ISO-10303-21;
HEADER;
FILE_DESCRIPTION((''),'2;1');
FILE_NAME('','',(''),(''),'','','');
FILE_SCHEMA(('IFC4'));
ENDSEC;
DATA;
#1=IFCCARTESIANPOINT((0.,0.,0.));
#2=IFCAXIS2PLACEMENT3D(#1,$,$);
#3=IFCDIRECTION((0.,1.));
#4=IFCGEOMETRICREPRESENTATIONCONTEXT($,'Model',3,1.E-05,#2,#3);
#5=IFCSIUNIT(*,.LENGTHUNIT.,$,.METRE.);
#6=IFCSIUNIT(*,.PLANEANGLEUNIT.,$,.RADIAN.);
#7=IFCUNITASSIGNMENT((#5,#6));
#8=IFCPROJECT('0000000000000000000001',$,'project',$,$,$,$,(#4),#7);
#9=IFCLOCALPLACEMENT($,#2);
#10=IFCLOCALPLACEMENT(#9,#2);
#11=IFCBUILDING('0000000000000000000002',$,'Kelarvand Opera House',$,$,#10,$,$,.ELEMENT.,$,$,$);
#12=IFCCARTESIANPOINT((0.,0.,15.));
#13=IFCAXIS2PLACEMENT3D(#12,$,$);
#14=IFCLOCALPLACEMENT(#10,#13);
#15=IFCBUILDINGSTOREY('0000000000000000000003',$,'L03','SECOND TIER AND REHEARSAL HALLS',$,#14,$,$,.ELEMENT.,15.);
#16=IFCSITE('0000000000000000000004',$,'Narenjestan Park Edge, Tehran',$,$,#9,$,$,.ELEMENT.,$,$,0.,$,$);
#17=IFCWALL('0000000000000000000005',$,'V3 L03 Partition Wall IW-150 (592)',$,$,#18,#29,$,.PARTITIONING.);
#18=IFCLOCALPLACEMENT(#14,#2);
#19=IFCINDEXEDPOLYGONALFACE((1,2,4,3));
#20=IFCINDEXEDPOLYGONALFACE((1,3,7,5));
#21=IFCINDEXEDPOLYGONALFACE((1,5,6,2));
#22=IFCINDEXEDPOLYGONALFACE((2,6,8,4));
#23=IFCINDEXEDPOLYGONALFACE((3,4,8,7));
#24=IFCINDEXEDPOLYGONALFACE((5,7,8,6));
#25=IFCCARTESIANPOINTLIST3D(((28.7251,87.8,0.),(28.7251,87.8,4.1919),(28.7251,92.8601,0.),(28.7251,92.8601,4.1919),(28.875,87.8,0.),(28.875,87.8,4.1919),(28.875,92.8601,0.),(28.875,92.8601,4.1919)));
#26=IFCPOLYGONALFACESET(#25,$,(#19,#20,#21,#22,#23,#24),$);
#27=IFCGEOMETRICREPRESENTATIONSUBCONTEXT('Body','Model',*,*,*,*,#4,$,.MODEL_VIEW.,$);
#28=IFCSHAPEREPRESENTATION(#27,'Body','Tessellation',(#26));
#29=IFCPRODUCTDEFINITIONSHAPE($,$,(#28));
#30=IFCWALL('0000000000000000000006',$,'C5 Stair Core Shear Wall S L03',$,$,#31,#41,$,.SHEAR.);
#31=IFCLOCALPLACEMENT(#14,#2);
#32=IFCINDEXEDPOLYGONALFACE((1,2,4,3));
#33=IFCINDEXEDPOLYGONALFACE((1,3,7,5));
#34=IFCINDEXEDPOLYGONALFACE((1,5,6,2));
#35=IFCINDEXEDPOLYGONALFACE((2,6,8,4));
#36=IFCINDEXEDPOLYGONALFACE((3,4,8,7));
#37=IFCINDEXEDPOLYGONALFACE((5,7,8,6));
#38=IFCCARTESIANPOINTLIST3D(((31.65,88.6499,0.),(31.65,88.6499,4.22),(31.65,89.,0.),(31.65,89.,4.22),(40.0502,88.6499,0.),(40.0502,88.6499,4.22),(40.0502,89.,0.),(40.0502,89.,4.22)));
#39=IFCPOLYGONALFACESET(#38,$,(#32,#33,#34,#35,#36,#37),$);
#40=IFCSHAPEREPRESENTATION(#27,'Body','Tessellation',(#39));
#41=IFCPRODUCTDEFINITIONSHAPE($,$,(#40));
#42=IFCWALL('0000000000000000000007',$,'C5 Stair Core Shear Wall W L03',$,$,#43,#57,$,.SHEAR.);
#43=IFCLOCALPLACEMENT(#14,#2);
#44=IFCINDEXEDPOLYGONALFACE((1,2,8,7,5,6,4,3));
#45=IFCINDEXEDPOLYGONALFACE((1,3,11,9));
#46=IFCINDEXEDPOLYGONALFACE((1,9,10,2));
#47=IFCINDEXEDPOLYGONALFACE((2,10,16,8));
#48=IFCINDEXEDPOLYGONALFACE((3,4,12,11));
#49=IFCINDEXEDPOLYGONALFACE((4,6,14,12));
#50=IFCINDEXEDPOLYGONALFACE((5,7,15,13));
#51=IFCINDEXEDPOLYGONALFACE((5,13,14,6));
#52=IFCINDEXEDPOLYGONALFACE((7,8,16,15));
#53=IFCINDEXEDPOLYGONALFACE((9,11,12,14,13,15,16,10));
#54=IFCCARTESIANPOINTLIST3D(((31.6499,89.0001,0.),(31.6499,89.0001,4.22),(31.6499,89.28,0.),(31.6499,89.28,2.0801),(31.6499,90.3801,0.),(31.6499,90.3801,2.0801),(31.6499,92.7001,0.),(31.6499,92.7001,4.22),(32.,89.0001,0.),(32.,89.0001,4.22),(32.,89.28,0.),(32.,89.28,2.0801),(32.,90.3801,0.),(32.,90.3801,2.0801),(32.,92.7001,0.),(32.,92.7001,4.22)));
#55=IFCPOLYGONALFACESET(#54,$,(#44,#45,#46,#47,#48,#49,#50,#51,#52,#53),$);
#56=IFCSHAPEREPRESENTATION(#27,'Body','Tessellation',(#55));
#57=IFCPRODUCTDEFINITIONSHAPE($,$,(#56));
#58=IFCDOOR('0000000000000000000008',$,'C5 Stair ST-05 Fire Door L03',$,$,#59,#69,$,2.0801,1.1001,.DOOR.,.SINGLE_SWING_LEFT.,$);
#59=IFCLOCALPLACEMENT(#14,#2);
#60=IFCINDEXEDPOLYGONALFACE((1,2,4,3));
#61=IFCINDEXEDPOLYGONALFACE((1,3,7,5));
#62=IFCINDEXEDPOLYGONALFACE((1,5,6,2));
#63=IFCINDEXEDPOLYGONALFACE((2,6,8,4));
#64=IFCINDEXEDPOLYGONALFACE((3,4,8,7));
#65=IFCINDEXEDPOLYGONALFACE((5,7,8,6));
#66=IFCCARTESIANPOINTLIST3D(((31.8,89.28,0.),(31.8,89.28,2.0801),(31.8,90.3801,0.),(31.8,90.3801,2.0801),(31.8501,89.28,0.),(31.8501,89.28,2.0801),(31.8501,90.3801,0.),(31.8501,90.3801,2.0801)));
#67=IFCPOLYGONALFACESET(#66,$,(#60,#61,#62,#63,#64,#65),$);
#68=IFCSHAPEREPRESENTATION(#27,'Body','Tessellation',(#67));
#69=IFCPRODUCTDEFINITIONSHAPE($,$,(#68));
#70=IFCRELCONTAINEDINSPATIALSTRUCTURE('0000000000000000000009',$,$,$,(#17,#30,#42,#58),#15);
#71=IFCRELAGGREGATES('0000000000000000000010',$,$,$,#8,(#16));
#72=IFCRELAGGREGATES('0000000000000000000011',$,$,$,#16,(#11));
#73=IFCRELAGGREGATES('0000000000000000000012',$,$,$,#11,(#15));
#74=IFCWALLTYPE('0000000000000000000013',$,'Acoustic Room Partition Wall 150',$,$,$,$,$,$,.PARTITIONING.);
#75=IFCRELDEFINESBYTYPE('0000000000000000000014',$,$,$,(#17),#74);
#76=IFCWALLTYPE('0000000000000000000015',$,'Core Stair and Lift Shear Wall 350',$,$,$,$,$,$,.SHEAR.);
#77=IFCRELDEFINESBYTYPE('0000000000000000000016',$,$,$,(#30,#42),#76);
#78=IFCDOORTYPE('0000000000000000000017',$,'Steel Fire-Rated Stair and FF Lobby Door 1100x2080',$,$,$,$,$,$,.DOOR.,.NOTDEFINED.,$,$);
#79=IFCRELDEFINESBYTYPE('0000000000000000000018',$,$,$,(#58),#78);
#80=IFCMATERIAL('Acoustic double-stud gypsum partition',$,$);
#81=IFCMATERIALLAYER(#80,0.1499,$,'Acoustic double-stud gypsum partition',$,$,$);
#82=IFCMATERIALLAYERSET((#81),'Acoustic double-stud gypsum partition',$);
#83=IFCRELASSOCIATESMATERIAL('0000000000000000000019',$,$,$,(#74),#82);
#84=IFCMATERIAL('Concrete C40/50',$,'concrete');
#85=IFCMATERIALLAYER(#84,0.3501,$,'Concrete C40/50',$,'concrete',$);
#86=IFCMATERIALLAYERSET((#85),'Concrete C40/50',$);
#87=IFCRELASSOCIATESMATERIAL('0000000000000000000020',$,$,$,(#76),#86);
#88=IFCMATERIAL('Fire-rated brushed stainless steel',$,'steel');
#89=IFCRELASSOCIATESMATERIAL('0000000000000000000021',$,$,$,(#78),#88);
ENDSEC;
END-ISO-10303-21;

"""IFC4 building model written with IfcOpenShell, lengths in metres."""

from ifc_helpers import new_model, si_unit, direction, frame, frame_2d, origin, place, context, subcontext, project, spatial, rectangle, extrude, material, layer, layer_set, type_object, element, fill, save


model = new_model("IFC4")

# Units and contexts
model_context = context("Model", 3, precision=1e-05, world=origin(), true_north=direction((0.0, 1.0)))
body_context = subcontext(model_context, "Body", "Model", "MODEL_VIEW")
ifc_project = project(units=[si_unit("LENGTHUNIT", "METRE"), si_unit("PLANEANGLEUNIT", "RADIAN")], contexts=[model_context])

# Site, building, storey
site_placement = place(None, origin())
site = spatial("IfcSite", under=ifc_project, at=site_placement, Name="Narenjestan Park Edge, Tehran", CompositionType="ELEMENT", RefElevation=0.0)
building_placement = place(site_placement, origin())
building = spatial("IfcBuilding", under=site, at=building_placement, Name="Kelarvand Opera House", CompositionType="ELEMENT")
storey_placement = place(building_placement, frame((0.0, 0.0, 15.0)))
storey = spatial("IfcBuildingStorey", under=building, at=storey_placement, Name="L03", Description="SECOND TIER AND REHEARSAL HALLS", CompositionType="ELEMENT", Elevation=15.0)

# Walls
ifc_material_1 = material(Name="Acoustic double-stud gypsum partition")
ifc_layer_1 = layer(ifc_material_1, 0.1499, Name="Acoustic double-stud gypsum partition")
ifc_layer_set_1 = layer_set([ifc_layer_1], Name="Acoustic double-stud gypsum partition")
wall_type_1 = type_object("IfcWallType", Name="Acoustic Room Partition Wall 150", PredefinedType="PARTITIONING", material=ifc_layer_set_1)
wall_1_placement = place(storey_placement, frame((28.8, 87.8, 0.0), z_axis=(0.0, 0.0, 1.0), x_axis=(0.0, 1.0, 0.0)))
element("IfcWall", 1, at=wall_1_placement, inside=storey, type_object=wall_type_1, Name="V3 L03 Partition Wall IW-150 (592)", PredefinedType="PARTITIONING", context=body_context, shape_type="SweptSolid", body=[
    extrude(rectangle(XDim=5.0601, YDim=0.1499, at=frame_2d((2.53, 0.0))), origin(), (0.0, 0.0, 1.0), 4.1919),
])
ifc_material_2 = material(Name="Concrete C40/50", Category="concrete")
ifc_layer_2 = layer(ifc_material_2, 0.3501, Name="Concrete C40/50", Category="concrete")
ifc_layer_set_2 = layer_set([ifc_layer_2], Name="Concrete C40/50")
wall_type_2 = type_object("IfcWallType", Name="Core Stair and Lift Shear Wall 350", PredefinedType="SHEAR", material=ifc_layer_set_2)
wall_2_placement = place(storey_placement, frame((31.6499, 88.825, 0.0), z_axis=(0.0, 0.0, 1.0), x_axis=(1.0, 0.0, 0.0)))
element("IfcWall", 2, at=wall_2_placement, inside=storey, type_object=wall_type_2, Name="C5 Stair Core Shear Wall S L03", PredefinedType="SHEAR", context=body_context, shape_type="SweptSolid", body=[
    extrude(rectangle(XDim=8.4001, YDim=0.3501, at=frame_2d((4.2002, 0.0))), origin(), (0.0, 0.0, 1.0), 4.22),
])

# Wall, opening, door
wall_3_placement = place(storey_placement, frame((31.825, 89.0, 0.0), z_axis=(0.0, 0.0, 1.0), x_axis=(0.0, 1.0, 0.0)))
wall_3 = element("IfcWall", 3, at=wall_3_placement, inside=storey, type_object=wall_type_2, Name="C5 Stair Core Shear Wall W L03", PredefinedType="SHEAR", context=body_context, shape_type="SweptSolid", body=[
    extrude(rectangle(XDim=3.7, YDim=0.3501, at=frame_2d((1.8501, 0.0))), origin(), (0.0, 0.0, 1.0), 4.22),
])
opening_placement = place(wall_3_placement, frame((0.28, 0.0, 0.0)))
opening = element("IfcOpeningElement", 4, at=opening_placement, cuts=wall_3, PredefinedType="OPENING", context=body_context, shape_type="SweptSolid", body=[
    extrude(rectangle(XDim=1.1001, YDim=2.0801, at=frame_2d((0.55, 1.04))), frame((0.0, 0.1851, 0.0), z_axis=(0.0, -1.0, 0.0), x_axis=(1.0, 0.0, 0.0)), (0.0, 0.0, 1.0), 0.3701),
])
ifc_material_3 = material(Name="Fire-rated brushed stainless steel", Category="steel")
door_type = type_object("IfcDoorType", Name="Steel Fire-Rated Stair and FF Lobby Door 1100x2080", OperationType="NOTDEFINED", PredefinedType="DOOR", material=ifc_material_3)
door_placement = place(opening_placement, origin())
door = element("IfcDoor", 5, at=door_placement, inside=storey, type_object=door_type, Name="C5 Stair ST-05 Fire Door L03", OperationType="SINGLE_SWING_LEFT", OverallHeight=2.0801, OverallWidth=1.1001, PredefinedType="DOOR", context=body_context, shape_type="SweptSolid", body=[
    extrude(rectangle(XDim=1.1001, YDim=2.0801, at=frame_2d((0.55, 1.04))), frame((0.0, 0.0249, 0.0), z_axis=(0.0, -1.0, 0.0), x_axis=(1.0, 0.0, 0.0)), (0.0, 0.0, 1.0), 0.05),
])
fill(opening, door)

save(model, "model.ifc")
